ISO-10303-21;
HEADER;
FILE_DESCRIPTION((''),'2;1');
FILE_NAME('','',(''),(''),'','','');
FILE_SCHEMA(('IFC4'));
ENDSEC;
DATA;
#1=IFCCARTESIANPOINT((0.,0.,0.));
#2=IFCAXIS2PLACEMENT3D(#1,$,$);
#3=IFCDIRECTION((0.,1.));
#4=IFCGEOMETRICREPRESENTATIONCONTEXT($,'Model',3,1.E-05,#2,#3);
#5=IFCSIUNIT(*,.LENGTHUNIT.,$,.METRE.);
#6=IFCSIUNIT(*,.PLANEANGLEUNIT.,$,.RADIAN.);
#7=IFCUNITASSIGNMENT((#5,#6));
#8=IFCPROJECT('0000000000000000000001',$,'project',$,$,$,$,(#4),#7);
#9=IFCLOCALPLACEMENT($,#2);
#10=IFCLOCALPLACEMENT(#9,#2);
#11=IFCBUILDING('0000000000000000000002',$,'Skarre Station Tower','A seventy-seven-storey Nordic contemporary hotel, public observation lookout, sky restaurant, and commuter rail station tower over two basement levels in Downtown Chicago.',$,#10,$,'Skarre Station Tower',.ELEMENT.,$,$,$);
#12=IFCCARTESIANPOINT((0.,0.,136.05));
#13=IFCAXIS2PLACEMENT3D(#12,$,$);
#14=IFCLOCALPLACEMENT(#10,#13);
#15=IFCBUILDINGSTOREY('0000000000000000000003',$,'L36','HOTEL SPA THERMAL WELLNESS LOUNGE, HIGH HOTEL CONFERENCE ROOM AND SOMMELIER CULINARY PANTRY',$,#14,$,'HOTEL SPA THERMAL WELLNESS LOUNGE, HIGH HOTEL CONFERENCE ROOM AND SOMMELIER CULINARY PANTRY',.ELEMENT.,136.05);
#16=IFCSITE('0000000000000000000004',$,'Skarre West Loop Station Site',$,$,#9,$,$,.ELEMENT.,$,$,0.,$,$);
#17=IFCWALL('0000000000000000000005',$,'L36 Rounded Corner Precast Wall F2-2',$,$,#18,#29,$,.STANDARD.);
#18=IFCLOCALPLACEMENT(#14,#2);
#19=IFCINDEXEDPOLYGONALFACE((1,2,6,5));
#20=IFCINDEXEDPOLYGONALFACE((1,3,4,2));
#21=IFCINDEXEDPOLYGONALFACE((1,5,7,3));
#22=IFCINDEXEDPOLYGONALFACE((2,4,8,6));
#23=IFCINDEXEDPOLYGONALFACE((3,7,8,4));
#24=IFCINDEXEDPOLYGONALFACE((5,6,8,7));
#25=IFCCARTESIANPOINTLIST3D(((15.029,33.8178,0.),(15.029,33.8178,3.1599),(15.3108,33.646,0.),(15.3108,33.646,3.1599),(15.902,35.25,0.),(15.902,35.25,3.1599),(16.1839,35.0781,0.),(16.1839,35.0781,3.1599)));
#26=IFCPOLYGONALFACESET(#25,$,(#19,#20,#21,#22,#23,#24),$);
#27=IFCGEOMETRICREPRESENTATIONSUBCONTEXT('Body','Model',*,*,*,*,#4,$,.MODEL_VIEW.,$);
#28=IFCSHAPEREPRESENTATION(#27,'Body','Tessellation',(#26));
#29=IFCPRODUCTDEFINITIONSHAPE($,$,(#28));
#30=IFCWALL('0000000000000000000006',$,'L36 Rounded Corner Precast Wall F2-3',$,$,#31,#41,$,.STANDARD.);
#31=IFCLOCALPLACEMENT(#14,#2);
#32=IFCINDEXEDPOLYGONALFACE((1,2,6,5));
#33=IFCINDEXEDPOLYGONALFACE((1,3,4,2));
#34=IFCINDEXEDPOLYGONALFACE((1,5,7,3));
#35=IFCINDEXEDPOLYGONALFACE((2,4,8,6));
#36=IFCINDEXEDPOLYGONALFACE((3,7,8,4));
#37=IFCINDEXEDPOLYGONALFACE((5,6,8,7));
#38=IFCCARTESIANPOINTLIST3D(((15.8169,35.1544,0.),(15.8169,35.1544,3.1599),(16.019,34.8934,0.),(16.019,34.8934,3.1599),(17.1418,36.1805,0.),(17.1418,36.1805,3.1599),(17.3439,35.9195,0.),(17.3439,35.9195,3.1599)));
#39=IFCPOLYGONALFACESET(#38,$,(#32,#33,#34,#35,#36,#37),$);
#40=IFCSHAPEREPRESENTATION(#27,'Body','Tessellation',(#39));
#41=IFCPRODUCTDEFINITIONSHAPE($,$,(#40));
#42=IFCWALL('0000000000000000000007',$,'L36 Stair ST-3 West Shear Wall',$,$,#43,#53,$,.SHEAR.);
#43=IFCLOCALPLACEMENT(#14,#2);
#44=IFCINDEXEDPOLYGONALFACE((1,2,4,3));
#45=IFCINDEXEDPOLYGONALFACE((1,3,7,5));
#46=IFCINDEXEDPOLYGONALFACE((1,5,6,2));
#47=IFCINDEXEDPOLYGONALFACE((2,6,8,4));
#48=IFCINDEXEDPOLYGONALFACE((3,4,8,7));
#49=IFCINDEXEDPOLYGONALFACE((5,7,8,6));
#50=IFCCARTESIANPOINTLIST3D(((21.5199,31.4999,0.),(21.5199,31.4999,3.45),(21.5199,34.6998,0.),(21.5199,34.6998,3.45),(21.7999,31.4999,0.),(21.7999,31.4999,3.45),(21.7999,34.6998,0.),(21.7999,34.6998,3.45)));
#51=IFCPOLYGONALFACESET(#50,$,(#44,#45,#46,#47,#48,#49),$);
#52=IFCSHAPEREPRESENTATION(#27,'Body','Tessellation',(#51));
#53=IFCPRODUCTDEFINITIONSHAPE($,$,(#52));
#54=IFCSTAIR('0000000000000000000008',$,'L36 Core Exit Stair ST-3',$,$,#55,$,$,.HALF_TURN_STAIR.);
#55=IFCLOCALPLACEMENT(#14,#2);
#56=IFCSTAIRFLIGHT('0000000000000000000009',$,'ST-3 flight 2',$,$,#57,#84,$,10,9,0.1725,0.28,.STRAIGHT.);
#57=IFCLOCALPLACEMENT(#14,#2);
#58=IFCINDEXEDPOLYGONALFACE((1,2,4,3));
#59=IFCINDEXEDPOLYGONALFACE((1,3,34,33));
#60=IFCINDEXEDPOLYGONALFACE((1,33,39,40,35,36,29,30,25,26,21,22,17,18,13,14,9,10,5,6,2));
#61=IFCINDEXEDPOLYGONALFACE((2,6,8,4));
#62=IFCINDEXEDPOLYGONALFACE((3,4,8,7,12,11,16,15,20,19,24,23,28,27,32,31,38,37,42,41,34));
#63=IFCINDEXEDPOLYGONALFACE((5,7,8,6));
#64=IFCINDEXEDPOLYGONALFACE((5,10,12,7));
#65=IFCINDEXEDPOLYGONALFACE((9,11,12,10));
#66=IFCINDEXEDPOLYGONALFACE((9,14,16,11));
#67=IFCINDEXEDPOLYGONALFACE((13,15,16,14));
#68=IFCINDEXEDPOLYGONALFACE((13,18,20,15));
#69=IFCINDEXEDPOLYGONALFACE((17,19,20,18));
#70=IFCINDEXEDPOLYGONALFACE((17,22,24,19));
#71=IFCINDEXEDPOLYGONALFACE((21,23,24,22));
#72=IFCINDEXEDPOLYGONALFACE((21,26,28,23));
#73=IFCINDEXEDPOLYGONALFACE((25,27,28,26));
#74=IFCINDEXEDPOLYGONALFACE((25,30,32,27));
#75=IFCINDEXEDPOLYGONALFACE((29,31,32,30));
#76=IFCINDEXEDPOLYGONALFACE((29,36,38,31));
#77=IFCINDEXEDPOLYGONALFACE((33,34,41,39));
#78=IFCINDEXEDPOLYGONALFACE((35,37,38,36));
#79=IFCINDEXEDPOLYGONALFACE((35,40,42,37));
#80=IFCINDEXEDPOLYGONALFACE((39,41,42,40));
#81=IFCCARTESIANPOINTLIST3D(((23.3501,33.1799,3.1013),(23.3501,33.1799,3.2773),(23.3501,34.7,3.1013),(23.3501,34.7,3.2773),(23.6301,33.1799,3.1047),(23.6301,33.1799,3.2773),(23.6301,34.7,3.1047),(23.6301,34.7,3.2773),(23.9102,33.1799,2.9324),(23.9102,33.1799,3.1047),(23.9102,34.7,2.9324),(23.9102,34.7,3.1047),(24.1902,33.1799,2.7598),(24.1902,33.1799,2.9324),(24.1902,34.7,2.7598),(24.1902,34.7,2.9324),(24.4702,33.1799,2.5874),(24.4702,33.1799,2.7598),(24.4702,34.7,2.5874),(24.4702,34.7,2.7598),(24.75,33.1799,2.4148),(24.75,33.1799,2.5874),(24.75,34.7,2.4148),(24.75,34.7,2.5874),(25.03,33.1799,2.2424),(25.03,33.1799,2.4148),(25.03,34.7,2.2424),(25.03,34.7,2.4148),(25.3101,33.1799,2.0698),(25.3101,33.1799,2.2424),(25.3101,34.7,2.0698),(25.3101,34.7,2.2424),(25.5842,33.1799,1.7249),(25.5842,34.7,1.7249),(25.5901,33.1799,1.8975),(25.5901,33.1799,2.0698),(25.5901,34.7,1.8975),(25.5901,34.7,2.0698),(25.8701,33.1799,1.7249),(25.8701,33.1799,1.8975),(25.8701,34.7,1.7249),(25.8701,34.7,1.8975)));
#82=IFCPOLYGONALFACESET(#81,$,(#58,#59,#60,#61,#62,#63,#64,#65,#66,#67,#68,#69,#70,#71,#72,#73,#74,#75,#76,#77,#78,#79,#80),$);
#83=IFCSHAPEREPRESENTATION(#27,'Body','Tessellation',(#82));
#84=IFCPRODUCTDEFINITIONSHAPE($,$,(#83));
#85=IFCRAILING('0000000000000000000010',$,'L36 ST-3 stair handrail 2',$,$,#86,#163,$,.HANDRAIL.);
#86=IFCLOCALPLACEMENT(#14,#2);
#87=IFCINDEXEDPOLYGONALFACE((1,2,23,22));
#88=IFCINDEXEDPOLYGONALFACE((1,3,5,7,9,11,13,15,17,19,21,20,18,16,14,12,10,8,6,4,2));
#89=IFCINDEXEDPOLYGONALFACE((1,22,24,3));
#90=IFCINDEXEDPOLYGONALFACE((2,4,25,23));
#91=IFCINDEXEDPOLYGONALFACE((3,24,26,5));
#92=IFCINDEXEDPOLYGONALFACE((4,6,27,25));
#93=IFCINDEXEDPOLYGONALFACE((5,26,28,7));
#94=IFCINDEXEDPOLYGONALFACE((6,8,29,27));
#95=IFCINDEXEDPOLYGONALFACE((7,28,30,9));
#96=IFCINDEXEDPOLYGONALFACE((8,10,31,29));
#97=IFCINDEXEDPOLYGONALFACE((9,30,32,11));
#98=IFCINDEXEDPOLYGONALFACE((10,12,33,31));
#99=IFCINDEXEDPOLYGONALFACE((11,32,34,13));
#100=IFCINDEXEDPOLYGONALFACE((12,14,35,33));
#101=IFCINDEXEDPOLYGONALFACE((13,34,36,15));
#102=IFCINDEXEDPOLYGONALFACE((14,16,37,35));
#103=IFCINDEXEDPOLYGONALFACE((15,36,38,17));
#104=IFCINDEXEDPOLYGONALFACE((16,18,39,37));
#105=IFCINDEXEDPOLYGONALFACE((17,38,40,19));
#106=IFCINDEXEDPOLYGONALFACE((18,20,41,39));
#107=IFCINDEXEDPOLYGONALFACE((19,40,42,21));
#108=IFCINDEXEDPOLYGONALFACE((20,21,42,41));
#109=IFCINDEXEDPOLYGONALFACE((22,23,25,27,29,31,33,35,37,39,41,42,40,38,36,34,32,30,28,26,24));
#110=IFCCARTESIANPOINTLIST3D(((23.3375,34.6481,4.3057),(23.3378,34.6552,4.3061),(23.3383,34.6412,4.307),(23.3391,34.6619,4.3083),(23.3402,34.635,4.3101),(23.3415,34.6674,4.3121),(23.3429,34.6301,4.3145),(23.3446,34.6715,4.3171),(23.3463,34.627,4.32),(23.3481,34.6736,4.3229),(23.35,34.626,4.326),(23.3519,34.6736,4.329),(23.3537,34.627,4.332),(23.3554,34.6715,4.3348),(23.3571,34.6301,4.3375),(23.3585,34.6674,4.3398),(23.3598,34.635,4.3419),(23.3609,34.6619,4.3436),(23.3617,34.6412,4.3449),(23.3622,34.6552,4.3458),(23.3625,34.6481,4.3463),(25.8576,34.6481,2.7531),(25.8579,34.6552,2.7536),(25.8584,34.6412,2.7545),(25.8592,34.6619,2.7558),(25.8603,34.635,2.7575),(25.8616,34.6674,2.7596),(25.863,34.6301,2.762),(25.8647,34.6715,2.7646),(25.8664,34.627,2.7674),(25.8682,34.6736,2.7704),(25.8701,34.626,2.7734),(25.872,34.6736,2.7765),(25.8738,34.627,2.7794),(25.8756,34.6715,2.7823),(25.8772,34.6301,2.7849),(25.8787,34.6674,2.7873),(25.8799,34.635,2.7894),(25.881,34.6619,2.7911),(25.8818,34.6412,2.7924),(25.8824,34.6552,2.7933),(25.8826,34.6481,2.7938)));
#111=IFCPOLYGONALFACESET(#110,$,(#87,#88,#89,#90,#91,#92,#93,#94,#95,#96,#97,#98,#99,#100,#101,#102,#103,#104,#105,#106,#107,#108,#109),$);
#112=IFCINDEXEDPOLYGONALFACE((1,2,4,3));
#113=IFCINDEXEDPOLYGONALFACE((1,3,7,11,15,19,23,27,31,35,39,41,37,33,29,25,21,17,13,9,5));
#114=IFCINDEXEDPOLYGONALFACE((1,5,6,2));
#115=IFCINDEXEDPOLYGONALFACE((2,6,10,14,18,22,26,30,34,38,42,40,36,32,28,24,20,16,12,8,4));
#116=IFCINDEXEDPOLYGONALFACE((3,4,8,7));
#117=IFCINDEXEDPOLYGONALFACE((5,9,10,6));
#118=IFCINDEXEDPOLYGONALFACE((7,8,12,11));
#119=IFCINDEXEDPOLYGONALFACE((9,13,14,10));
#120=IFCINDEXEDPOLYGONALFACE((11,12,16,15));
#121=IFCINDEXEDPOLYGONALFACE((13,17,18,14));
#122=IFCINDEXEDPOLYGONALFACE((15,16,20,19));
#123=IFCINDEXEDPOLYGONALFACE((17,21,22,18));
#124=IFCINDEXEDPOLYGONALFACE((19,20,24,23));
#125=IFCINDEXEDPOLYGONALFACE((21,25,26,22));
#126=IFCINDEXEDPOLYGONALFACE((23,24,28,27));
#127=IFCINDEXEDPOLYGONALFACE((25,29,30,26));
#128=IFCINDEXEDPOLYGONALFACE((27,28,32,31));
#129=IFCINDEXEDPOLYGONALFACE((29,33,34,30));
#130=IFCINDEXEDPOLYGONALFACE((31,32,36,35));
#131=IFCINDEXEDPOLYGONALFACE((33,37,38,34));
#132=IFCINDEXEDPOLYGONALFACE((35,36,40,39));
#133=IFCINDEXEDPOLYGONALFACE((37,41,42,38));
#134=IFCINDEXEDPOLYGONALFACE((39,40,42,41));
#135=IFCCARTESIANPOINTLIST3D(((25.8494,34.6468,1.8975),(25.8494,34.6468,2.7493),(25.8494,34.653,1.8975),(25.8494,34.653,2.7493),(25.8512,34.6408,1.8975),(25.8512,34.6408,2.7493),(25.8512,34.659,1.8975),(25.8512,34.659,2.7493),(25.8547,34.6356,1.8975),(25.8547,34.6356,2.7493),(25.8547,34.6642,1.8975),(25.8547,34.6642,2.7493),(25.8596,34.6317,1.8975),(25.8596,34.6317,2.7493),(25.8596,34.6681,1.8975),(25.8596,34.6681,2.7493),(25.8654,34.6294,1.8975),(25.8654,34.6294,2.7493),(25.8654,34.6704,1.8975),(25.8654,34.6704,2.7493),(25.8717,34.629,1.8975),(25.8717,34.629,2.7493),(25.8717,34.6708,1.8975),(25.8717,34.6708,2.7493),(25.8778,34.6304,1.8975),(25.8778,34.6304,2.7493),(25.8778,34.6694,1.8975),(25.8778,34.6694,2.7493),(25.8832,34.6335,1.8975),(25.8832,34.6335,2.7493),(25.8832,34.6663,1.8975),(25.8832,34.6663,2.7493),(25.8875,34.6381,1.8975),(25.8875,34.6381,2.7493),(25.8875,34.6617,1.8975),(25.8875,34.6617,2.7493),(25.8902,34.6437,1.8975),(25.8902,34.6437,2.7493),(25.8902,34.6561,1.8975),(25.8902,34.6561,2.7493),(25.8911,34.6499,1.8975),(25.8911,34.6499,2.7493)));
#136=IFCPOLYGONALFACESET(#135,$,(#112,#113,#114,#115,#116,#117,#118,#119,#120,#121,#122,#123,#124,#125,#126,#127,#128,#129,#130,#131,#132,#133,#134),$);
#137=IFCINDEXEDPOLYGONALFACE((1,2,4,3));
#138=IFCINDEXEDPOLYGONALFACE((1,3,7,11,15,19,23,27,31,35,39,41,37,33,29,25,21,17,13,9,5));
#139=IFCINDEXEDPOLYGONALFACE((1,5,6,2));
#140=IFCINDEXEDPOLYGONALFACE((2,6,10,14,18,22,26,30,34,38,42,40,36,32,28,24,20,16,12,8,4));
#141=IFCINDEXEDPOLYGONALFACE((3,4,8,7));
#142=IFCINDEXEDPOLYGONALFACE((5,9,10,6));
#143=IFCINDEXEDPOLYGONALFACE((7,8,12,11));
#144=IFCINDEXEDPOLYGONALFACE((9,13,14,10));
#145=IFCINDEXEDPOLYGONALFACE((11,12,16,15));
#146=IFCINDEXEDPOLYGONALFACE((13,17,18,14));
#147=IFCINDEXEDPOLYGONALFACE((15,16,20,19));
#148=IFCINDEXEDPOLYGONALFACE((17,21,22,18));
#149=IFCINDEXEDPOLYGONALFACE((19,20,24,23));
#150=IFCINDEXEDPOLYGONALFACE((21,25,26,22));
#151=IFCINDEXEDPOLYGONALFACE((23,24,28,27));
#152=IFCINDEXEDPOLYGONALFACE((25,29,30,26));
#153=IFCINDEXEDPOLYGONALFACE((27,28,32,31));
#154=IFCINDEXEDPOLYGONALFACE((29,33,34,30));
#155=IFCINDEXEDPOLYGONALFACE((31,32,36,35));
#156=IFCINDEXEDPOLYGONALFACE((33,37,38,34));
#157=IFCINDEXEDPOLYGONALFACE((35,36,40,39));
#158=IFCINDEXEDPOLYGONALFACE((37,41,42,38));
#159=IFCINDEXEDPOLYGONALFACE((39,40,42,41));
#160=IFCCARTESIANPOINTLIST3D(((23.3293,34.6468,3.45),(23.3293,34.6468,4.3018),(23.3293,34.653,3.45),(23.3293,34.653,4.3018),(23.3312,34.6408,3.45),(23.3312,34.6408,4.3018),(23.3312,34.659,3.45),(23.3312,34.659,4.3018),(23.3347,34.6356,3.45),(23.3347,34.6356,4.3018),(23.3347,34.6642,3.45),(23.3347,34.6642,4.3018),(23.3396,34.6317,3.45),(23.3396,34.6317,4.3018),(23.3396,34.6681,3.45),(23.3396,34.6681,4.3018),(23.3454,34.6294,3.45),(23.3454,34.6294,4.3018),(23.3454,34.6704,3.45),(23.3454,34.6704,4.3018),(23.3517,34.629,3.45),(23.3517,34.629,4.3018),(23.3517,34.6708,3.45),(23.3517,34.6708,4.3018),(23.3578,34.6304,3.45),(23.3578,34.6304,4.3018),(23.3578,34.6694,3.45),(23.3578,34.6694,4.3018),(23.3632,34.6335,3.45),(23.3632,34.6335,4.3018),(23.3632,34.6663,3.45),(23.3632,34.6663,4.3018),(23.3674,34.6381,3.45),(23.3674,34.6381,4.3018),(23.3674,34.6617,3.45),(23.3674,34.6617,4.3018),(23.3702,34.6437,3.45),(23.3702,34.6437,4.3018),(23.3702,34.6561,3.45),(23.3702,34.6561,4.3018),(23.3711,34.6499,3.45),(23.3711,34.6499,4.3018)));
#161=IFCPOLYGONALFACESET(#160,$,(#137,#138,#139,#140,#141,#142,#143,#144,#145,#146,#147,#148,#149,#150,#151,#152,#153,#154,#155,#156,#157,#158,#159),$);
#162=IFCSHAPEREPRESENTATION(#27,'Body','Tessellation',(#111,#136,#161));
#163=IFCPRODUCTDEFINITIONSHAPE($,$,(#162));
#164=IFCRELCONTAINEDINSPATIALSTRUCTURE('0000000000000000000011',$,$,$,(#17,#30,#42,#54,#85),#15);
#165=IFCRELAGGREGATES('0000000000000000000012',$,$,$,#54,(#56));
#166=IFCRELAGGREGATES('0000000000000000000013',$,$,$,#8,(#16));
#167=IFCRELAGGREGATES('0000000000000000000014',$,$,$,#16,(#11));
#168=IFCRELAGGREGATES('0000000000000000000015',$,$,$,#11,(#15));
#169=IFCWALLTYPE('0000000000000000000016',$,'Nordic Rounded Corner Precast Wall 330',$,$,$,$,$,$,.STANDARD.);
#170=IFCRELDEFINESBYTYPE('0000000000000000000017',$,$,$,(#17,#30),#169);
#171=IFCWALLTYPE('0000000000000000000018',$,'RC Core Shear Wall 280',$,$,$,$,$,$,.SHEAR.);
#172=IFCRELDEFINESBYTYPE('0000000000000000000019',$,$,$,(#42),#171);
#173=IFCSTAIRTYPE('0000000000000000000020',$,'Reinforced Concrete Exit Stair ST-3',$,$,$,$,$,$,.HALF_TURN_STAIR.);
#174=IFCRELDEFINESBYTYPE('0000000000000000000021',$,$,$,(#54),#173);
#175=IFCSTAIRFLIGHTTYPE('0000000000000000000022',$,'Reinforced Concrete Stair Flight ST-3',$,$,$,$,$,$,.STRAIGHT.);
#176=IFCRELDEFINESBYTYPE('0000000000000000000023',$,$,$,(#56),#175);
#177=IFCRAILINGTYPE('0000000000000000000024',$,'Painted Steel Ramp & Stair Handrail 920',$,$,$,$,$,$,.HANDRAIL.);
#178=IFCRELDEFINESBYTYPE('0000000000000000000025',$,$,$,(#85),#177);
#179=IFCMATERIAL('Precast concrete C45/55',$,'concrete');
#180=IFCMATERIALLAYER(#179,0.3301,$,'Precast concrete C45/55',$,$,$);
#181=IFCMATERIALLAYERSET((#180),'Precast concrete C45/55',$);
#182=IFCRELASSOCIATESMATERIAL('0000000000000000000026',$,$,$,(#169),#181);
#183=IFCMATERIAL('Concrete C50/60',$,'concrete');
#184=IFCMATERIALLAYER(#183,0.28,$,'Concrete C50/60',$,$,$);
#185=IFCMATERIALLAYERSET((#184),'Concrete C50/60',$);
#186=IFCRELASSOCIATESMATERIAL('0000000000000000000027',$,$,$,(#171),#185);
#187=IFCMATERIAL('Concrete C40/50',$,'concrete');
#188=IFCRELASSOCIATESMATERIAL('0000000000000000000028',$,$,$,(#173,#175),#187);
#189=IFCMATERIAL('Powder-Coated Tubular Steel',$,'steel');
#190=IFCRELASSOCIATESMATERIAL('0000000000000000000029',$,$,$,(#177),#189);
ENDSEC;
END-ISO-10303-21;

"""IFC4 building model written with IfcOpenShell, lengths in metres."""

from ifc_helpers import new_model, si_unit, direction, frame, frame_2d, origin, origin_2d, place, context, subcontext, project, spatial, polyline, rectangle, circle, outline, extrude, material, layer, layer_set, type_object, element, aggregate, save


model = new_model("IFC4")

# Units and contexts
model_context = context("Model", 3, precision=1e-05, world=origin(), true_north=direction((0.0, 1.0)))
body_context = subcontext(model_context, "Body", "Model", "MODEL_VIEW")
ifc_project = project(units=[si_unit("LENGTHUNIT", "METRE"), si_unit("PLANEANGLEUNIT", "RADIAN")], contexts=[model_context])

# Site, building, storey
site_placement = place(None, origin())
site = spatial("IfcSite", under=ifc_project, at=site_placement, Name="Skarre West Loop Station Site", CompositionType="ELEMENT", RefElevation=0.0)
building_placement = place(site_placement, origin())
building = spatial("IfcBuilding", under=site, at=building_placement, Name="Skarre Station Tower", Description="A seventy-seven-storey Nordic contemporary hotel, public observation lookout, sky restaurant, and commuter rail station tower over two basement levels in Downtown Chicago.", LongName="Skarre Station Tower", CompositionType="ELEMENT")
storey_placement = place(building_placement, frame((0.0, 0.0, 136.05)))
storey = spatial("IfcBuildingStorey", under=building, at=storey_placement, Name="L36", Description="HOTEL SPA THERMAL WELLNESS LOUNGE, HIGH HOTEL CONFERENCE ROOM AND SOMMELIER CULINARY PANTRY", LongName="HOTEL SPA THERMAL WELLNESS LOUNGE, HIGH HOTEL CONFERENCE ROOM AND SOMMELIER CULINARY PANTRY", CompositionType="ELEMENT", Elevation=136.05)

# Shared definitions
ifc_material_1 = material(Name="Precast concrete C45/55", Category="concrete")

# Walls
ifc_layer_1 = layer(ifc_material_1, 0.3301, Name="Precast concrete C45/55")
ifc_layer_set_1 = layer_set([ifc_layer_1], Name="Precast concrete C45/55")
wall_type_1 = type_object("IfcWallType", Name="Nordic Rounded Corner Precast Wall 330", PredefinedType="STANDARD", material=ifc_layer_set_1)
wall_1_placement = place(storey_placement, frame((15.1699, 33.7319, 0.0), z_axis=(0.0, 0.0, 1.0), x_axis=(0.520519, 0.85385, 0.0)))
element("IfcWall", 1, at=wall_1_placement, inside=storey, type_object=wall_type_1, Name="L36 Rounded Corner Precast Wall F2-2", PredefinedType="STANDARD", context=body_context, shape_type="SweptSolid", body=[
    extrude(rectangle(XDim=1.6772, YDim=0.3301, at=frame_2d((0.8386, 0.0))), origin(), (0.0, 0.0, 1.0), 3.1599),
])
wall_2_placement = place(storey_placement, frame((15.918, 35.0239, 0.0), z_axis=(0.0, 0.0, 1.0), x_axis=(0.790621, 0.612305, 0.0)))
element("IfcWall", 2, at=wall_2_placement, inside=storey, type_object=wall_type_1, Name="L36 Rounded Corner Precast Wall F2-3", PredefinedType="STANDARD", context=body_context, shape_type="SweptSolid", body=[
    extrude(rectangle(XDim=1.6758, YDim=0.3301, at=frame_2d((0.8379, 0.0))), origin(), (0.0, 0.0, 1.0), 3.1599),
])
ifc_material_2 = material(Name="Concrete C50/60", Category="concrete")
ifc_layer_2 = layer(ifc_material_2, 0.28, Name="Concrete C50/60")
ifc_layer_set_2 = layer_set([ifc_layer_2], Name="Concrete C50/60")
wall_type_2 = type_object("IfcWallType", Name="RC Core Shear Wall 280", PredefinedType="SHEAR", material=ifc_layer_set_2)
wall_3_placement = place(storey_placement, frame((21.6599, 34.7, 0.0), z_axis=(0.0, 0.0, 1.0), x_axis=(0.0, -1.0, 0.0)))
element("IfcWall", 3, at=wall_3_placement, inside=storey, type_object=wall_type_2, Name="L36 Stair ST-3 West Shear Wall", PredefinedType="SHEAR", context=body_context, shape_type="SweptSolid", body=[
    extrude(rectangle(XDim=3.2, YDim=0.28, at=frame_2d((1.6001, 0.0))), origin(), (0.0, 0.0, 1.0), 3.45),
])

# Stair, stair flight
ifc_material_3 = material(Name="Concrete C40/50", Category="concrete")
stair_type = type_object("IfcStairType", Name="Reinforced Concrete Exit Stair ST-3", PredefinedType="HALF_TURN_STAIR", material=ifc_material_3)
stair_placement = place(storey_placement, origin())
stair = element("IfcStair", 4, at=stair_placement, inside=storey, type_object=stair_type, Name="L36 Core Exit Stair ST-3", PredefinedType="HALF_TURN_STAIR")
stair_flight_type = type_object("IfcStairFlightType", Name="Reinforced Concrete Stair Flight ST-3", PredefinedType="STRAIGHT", material=ifc_material_3)
stair_flight_placement = place(storey_placement, frame((25.8701, 33.9399, 1.7249), z_axis=(0.0, 0.0, 1.0), x_axis=(-1.0, 0.0, 0.0)))
stair_flight = element("IfcStairFlight", 5, at=stair_flight_placement, type_object=stair_flight_type, Name="ST-3 flight 2", NumberOfRisers=10, NumberOfTreads=9, PredefinedType="STRAIGHT", RiserHeight=0.1725, TreadLength=0.28, context=body_context, shape_type="SweptSolid", body=[
    extrude(outline(polyline([(0.0, 0.0), (0.0, 0.1726), (0.28, 0.1726), (0.28, 0.345), (0.5601, 0.345), (0.5601, 0.5176), (0.8401, 0.5176), (0.8401, 0.6899), (1.1201, 0.6899), (1.1201, 0.8625), (1.3999, 0.8625), (1.3999, 1.0349), (1.6799, 1.0349), (1.6799, 1.2075), (1.96, 1.2075), (1.96, 1.3799), (2.24, 1.3799), (2.24, 1.5525), (2.52, 1.5525), (2.52, 1.7251), (2.52, 1.3765), (0.2859, 0.0), (0.0, 0.0)])), frame((0.0, 0.76, 0.0), z_axis=(0.0, -1.0, 0.0), x_axis=(1.0, 0.0, 0.0)), (0.0, 0.0, 1.0), 1.52),
])
aggregate(stair, [stair_flight])

# Railing
ifc_material_4 = material(Name="Powder-Coated Tubular Steel", Category="steel")
railing_type_1 = type_object("IfcRailingType", Name="Painted Steel Ramp & Stair Handrail 920", PredefinedType="HANDRAIL", material=ifc_material_4)
railing_1_placement = place(storey_placement, frame((25.8701, 34.6499, 1.8975)))
element("IfcRailing", 6, at=railing_1_placement, inside=storey, type_object=railing_type_1, Name="L36 ST-3 stair handrail 2", PredefinedType="HANDRAIL", context=body_context, shape_type="SweptSolid", body=[
    extrude(circle(Radius=0.0239, at=origin_2d()), frame((0.0, 0.0, 0.876), z_axis=(-0.8514, 0.0, 0.524516), x_axis=(0.0, -1.0, 0.0)), (0.0, 0.0, 1.0), 2.96),
    extrude(circle(Radius=0.021, at=origin_2d()), origin(), (0.0, 0.0, 1.0), 0.8518),
    extrude(circle(Radius=0.021, at=origin_2d()), frame((-2.52, 0.0, 1.5525)), (0.0, 0.0, 1.0), 0.8518),
])

save(model, "model.ifc")
